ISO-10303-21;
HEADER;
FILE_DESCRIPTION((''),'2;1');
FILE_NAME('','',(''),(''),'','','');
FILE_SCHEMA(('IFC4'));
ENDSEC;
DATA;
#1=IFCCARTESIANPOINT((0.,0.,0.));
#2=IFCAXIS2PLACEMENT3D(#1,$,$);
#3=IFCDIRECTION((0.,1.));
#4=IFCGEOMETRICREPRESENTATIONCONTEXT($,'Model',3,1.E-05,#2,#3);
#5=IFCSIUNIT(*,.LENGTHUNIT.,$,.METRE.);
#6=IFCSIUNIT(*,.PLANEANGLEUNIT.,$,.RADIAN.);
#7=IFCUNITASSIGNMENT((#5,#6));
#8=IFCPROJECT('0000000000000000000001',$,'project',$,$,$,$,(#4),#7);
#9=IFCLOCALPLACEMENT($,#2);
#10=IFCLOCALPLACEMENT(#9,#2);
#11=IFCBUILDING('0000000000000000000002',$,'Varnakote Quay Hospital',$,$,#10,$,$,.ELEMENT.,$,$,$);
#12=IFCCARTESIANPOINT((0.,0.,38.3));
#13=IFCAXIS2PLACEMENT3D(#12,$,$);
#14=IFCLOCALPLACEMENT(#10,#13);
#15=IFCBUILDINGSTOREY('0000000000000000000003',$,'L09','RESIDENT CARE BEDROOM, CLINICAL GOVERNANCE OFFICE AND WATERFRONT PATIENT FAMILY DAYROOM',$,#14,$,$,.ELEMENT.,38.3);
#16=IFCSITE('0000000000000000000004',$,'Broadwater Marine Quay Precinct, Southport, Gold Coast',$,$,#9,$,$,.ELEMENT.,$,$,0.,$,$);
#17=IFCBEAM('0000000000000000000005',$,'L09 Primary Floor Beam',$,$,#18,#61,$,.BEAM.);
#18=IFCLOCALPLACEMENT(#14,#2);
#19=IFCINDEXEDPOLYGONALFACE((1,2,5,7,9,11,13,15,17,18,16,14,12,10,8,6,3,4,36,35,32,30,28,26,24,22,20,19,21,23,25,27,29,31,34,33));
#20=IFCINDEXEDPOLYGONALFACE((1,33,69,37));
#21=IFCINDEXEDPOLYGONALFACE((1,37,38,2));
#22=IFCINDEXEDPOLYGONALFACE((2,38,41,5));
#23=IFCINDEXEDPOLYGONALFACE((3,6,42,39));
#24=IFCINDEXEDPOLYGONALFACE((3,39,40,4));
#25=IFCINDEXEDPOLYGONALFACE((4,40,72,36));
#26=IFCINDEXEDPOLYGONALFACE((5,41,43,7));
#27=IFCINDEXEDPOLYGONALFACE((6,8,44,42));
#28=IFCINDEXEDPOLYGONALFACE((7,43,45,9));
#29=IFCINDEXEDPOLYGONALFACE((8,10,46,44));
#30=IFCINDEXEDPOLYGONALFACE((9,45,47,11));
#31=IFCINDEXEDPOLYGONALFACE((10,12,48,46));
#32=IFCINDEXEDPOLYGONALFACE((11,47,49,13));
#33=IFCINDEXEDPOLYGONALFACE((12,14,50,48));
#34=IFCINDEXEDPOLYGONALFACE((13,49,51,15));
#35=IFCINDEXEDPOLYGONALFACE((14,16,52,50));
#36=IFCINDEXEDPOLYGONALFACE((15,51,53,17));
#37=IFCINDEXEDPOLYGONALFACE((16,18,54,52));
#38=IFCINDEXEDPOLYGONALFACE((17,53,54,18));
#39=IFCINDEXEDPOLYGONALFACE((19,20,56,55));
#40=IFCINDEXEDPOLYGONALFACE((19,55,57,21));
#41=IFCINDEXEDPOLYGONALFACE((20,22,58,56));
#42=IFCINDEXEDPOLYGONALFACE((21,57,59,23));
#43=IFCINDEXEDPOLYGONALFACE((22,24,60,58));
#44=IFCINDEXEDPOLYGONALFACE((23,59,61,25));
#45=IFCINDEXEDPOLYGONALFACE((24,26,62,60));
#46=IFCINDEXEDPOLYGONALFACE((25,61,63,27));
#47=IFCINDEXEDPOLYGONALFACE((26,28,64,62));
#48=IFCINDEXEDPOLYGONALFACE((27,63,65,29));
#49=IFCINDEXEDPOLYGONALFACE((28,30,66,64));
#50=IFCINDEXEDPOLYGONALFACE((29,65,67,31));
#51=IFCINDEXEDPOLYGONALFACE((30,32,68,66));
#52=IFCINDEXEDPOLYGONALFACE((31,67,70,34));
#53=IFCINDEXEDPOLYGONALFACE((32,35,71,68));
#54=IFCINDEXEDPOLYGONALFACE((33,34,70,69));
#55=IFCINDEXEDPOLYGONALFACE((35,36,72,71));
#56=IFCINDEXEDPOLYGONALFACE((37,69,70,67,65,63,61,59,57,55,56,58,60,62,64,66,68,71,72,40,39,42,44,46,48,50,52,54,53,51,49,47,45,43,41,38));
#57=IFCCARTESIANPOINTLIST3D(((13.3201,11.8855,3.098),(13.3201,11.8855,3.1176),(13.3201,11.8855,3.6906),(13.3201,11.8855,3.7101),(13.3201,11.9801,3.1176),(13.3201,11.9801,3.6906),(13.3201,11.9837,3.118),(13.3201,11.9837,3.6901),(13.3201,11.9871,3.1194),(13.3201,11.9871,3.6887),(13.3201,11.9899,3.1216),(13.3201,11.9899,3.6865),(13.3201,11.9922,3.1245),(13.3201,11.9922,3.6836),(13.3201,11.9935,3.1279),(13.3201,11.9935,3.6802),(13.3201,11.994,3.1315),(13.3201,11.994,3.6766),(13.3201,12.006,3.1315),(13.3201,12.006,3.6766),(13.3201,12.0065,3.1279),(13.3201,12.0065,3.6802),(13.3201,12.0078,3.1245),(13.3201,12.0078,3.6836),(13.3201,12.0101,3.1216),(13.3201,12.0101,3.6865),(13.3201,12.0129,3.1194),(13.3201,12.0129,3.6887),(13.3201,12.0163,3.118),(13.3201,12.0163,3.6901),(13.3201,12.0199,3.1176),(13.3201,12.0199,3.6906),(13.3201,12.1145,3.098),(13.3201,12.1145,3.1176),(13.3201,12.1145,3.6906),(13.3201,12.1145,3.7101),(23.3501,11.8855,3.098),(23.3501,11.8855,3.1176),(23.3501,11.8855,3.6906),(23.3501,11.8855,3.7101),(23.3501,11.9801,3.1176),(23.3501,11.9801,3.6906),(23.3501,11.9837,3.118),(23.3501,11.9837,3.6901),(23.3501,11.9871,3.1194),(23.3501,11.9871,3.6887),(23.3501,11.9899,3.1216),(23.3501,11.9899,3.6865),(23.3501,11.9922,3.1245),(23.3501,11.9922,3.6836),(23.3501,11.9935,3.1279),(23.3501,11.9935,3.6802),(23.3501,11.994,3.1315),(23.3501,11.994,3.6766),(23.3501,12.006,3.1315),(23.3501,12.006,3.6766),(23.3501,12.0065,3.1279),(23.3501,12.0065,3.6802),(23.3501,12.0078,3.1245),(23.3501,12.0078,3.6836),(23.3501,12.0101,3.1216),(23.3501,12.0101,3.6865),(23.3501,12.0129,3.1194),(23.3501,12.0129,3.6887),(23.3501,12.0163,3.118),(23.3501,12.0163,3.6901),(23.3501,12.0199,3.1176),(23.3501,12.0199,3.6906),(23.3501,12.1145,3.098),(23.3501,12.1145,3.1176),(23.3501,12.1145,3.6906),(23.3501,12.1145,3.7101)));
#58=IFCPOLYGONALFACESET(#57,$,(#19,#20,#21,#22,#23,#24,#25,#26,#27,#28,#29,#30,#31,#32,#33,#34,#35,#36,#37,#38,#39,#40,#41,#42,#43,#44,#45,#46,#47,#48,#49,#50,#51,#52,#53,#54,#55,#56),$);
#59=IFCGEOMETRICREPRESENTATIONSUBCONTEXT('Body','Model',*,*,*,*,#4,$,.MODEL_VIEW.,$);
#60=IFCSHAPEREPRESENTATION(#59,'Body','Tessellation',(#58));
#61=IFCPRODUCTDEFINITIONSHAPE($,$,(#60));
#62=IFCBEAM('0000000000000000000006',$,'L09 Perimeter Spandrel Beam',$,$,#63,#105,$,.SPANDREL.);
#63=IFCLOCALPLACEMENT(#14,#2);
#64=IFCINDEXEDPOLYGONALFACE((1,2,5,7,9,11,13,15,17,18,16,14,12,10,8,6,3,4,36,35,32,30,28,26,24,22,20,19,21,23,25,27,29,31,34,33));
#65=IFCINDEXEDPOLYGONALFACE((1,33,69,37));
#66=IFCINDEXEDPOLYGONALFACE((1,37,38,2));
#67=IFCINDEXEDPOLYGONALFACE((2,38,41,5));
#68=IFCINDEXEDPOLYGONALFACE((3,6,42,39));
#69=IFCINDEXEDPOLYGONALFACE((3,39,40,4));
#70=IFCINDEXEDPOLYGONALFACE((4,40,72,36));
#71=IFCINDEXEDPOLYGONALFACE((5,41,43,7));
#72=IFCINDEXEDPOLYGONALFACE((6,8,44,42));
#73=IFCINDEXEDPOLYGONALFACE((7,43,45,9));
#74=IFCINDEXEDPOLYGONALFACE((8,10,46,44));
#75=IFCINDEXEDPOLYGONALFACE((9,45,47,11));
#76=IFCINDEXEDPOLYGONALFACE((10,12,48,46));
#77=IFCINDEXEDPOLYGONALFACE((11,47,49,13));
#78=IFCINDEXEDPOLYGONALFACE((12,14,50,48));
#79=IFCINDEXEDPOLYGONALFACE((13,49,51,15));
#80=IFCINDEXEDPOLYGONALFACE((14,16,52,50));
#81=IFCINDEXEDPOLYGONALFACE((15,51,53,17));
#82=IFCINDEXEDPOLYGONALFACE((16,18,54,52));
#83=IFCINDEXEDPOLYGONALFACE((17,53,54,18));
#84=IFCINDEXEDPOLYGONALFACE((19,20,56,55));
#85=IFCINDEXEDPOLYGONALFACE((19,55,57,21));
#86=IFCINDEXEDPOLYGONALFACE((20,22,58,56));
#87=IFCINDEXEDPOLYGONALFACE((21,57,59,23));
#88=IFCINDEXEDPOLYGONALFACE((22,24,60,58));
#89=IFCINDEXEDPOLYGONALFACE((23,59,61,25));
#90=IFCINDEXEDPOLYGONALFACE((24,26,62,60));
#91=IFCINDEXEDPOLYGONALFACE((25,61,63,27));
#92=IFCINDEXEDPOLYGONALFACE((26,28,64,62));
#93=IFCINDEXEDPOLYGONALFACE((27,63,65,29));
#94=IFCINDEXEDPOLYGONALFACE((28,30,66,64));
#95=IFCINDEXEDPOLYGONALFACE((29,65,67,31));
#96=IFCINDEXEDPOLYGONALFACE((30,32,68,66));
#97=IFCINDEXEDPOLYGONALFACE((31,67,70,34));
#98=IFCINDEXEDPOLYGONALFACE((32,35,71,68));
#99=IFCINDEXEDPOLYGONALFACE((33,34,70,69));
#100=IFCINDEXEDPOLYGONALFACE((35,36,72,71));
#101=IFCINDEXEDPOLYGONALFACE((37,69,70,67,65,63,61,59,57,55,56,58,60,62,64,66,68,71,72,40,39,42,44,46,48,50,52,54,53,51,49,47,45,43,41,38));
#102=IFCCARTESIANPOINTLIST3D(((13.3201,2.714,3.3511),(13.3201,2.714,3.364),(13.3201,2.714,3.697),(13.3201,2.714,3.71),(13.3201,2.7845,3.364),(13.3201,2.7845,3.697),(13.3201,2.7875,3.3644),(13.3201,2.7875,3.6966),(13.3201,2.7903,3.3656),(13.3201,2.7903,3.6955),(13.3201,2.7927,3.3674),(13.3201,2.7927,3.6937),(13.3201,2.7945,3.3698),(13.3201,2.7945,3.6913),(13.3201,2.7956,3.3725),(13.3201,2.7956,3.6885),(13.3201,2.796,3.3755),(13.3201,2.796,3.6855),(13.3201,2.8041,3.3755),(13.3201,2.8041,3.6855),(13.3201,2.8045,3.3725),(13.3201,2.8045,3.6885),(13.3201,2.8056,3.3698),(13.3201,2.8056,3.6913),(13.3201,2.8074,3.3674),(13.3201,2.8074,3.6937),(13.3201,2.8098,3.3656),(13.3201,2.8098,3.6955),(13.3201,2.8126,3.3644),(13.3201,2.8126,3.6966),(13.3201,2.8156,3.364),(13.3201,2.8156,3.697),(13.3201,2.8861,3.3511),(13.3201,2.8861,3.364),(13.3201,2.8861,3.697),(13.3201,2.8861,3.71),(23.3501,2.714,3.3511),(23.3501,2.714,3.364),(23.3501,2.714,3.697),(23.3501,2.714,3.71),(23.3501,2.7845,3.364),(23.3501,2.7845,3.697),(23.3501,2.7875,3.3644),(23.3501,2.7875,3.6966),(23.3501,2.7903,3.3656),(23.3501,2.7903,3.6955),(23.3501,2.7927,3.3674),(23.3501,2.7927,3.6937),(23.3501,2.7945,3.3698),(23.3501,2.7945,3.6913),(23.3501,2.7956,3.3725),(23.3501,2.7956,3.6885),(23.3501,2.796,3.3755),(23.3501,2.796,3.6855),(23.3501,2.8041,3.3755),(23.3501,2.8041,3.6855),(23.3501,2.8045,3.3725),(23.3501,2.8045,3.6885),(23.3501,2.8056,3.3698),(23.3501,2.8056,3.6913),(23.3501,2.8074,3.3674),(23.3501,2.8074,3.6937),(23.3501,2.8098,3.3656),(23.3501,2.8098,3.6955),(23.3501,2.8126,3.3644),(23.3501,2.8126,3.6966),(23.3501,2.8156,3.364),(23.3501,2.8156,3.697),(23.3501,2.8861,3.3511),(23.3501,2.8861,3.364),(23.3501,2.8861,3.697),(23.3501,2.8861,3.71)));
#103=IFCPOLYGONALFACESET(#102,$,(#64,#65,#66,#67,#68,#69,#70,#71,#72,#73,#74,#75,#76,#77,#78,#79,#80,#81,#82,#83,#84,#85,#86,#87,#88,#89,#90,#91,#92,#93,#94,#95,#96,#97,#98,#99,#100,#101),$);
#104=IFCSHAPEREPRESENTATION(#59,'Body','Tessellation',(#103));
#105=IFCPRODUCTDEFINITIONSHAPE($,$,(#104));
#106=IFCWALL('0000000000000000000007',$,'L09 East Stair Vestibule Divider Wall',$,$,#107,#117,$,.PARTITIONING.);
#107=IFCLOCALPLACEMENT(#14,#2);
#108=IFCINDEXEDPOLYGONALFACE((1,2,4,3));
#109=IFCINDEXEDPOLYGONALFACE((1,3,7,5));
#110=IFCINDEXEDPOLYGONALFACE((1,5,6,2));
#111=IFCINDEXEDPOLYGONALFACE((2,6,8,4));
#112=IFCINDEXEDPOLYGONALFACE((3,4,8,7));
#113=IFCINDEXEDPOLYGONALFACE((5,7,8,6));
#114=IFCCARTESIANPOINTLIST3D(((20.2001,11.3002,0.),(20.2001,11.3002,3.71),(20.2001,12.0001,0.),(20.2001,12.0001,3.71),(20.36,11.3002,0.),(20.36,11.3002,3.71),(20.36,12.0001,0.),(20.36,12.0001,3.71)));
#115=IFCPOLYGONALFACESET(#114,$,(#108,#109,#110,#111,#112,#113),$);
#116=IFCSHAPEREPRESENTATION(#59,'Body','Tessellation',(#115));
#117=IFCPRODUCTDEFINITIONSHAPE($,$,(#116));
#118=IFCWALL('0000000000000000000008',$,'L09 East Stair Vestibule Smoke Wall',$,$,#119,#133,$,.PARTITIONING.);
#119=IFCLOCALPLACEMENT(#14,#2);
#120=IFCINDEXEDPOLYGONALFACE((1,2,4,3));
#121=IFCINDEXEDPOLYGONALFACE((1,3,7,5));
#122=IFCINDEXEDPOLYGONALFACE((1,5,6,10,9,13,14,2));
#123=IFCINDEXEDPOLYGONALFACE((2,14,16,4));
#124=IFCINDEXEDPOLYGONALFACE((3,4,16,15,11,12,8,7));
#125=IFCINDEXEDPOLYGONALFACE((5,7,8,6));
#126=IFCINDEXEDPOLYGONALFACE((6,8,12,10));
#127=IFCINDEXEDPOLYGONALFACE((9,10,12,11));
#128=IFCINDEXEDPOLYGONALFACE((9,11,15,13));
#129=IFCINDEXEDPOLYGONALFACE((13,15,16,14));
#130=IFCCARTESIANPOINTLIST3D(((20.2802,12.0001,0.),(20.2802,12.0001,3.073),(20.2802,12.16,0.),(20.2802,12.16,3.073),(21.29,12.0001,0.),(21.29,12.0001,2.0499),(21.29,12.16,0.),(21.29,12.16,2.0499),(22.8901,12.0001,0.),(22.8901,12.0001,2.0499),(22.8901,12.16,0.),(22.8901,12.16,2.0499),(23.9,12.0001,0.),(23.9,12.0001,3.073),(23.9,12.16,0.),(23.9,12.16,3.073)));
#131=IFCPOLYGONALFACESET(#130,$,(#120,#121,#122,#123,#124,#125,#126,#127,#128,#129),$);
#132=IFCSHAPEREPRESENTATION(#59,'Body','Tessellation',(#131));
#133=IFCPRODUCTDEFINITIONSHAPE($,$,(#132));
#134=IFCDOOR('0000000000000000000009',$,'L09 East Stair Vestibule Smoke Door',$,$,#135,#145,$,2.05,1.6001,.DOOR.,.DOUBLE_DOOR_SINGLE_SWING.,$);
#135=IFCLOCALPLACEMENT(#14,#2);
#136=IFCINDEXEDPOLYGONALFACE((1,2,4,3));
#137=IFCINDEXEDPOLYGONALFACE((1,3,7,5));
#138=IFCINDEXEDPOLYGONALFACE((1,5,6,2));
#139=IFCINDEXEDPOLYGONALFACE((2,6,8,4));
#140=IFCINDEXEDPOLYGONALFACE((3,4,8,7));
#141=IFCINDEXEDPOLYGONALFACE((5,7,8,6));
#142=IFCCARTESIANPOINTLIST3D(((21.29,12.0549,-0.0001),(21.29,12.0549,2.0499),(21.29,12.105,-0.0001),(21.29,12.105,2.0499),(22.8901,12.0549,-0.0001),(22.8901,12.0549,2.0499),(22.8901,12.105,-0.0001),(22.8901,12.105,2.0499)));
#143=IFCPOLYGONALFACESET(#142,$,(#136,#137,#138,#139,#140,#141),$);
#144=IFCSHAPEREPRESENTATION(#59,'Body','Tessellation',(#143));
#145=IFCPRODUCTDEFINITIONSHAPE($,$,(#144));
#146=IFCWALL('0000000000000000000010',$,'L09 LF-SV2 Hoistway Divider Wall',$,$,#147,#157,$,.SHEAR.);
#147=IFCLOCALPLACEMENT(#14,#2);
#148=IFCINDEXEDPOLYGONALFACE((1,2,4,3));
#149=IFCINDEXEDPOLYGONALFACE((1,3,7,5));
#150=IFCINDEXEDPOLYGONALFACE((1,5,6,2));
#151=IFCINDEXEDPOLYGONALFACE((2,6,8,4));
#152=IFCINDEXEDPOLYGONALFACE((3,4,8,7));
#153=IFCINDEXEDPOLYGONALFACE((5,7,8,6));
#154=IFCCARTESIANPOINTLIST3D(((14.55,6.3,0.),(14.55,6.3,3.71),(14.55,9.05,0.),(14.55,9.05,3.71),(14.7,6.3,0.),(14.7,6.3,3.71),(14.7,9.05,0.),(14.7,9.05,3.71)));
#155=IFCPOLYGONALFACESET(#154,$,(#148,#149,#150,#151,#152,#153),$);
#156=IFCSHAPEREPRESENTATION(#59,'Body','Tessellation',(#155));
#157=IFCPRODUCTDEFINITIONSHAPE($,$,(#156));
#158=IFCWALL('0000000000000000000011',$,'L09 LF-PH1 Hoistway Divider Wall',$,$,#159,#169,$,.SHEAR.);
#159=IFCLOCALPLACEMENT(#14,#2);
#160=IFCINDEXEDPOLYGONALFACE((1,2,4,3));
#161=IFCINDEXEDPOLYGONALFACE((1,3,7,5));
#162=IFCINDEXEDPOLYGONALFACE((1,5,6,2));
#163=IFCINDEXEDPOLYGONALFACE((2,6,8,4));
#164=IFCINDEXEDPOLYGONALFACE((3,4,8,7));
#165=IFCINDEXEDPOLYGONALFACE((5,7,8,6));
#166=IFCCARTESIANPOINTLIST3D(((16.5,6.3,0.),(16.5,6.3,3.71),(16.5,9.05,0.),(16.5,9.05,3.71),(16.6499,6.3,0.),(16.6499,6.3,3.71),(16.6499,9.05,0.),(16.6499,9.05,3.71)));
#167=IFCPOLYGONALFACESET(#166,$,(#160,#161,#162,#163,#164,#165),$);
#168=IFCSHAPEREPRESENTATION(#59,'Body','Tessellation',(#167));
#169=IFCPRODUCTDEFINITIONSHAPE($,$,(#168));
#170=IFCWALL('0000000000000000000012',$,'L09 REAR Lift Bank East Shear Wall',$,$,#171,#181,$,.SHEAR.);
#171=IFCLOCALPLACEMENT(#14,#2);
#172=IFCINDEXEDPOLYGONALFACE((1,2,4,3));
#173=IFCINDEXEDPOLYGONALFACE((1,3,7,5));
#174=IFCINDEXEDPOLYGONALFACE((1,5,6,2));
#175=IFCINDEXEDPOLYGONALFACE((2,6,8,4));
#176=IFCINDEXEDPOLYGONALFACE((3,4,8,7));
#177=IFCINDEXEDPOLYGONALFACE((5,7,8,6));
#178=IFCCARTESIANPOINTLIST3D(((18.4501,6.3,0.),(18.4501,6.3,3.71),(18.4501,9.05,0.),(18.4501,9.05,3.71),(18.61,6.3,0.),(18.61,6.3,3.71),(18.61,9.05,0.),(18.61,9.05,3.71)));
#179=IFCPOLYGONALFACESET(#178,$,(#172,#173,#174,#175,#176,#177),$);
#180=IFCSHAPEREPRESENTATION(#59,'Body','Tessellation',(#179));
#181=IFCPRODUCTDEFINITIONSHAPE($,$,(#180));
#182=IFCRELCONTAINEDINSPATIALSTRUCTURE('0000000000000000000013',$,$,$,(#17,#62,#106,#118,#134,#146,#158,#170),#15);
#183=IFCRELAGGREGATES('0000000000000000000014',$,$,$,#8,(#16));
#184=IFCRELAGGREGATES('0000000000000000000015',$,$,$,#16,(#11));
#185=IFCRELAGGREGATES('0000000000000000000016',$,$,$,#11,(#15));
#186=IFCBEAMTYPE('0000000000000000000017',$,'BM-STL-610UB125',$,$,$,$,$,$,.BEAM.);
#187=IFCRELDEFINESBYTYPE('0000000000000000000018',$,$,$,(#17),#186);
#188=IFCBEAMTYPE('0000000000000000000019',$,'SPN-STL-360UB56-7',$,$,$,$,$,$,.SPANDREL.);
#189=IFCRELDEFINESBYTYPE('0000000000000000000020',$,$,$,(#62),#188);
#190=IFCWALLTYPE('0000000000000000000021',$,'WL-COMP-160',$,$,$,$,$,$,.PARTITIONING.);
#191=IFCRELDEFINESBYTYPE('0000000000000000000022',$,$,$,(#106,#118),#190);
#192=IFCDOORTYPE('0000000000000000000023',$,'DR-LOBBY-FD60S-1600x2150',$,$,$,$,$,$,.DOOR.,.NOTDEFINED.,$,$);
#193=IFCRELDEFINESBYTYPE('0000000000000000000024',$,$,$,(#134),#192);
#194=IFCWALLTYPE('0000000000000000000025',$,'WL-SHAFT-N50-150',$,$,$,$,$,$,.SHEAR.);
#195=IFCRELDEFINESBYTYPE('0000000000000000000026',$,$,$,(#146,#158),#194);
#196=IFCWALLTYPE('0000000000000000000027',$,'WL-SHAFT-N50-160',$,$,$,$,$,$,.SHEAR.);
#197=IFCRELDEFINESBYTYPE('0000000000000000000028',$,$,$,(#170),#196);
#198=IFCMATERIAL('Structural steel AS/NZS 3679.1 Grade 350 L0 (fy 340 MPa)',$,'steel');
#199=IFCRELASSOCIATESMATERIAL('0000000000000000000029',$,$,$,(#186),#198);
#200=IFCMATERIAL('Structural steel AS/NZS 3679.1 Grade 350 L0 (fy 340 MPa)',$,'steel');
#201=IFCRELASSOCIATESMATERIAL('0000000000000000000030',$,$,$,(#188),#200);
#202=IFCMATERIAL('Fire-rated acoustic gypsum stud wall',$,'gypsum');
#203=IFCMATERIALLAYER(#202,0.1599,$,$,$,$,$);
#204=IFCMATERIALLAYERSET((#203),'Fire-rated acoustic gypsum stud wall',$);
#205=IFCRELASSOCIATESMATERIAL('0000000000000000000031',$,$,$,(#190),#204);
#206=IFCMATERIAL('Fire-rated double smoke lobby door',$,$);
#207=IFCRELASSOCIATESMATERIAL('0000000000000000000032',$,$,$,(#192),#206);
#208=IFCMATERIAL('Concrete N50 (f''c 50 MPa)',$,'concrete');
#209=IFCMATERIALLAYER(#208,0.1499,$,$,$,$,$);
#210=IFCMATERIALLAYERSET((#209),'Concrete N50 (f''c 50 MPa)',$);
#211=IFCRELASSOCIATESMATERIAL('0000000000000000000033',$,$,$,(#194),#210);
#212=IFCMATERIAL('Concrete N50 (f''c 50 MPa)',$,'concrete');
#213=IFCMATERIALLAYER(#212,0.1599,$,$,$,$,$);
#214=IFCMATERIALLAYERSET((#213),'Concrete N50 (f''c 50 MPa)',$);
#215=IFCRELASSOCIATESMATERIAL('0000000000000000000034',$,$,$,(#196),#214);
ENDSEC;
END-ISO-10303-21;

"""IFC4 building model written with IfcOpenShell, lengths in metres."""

from ifc_helpers import new_model, si_unit, direction, frame, frame_2d, origin, origin_2d, place, context, subcontext, project, spatial, rectangle, i_section, extrude, material, layer, layer_set, material_profile, profile_set, type_object, element, fill, save


model = new_model("IFC4")

# Units and contexts
model_context = context("Model", 3, precision=1e-05, world=origin(), true_north=direction((0.0, 1.0)))
body_context = subcontext(model_context, "Body", "Model", "MODEL_VIEW")
ifc_project = project(units=[si_unit("LENGTHUNIT", "METRE"), si_unit("PLANEANGLEUNIT", "RADIAN")], contexts=[model_context])

# Site, building, storey
site_placement = place(None, origin())
site = spatial("IfcSite", under=ifc_project, at=site_placement, Name="Broadwater Marine Quay Precinct, Southport, Gold Coast", CompositionType="ELEMENT", RefElevation=0.0)
building_placement = place(site_placement, origin())
building = spatial("IfcBuilding", under=site, at=building_placement, Name="Varnakote Quay Hospital", CompositionType="ELEMENT")
storey_placement = place(building_placement, frame((0.0, 0.0, 38.3)))
storey = spatial("IfcBuildingStorey", under=building, at=storey_placement, Name="L09", Description="RESIDENT CARE BEDROOM, CLINICAL GOVERNANCE OFFICE AND WATERFRONT PATIENT FAMILY DAYROOM", CompositionType="ELEMENT", Elevation=38.3)

# Beams
ifc_material_1 = material(Name="Structural steel AS/NZS 3679.1 Grade 350 L0 (fy 340 MPa)", Category="steel")
ifc_material_profile_1 = material_profile(ifc_material_1, i_section(OverallWidth=0.229, OverallDepth=0.6121, WebThickness=0.012, FlangeThickness=0.0195, FilletRadius=0.0139, at=origin_2d()), Name="610UB125")
ifc_profile_set_1 = profile_set([ifc_material_profile_1], Name="Structural steel AS/NZS 3679.1 Grade 350 L0 (fy 340 MPa)")
beam_type_1 = type_object("IfcBeamType", Name="BM-STL-610UB125", PredefinedType="BEAM", material=ifc_profile_set_1)
beam_1_placement = place(storey_placement, frame((13.3201, 12.0, 3.4041), z_axis=(1.0, 0.0, 0.0), x_axis=(0.0, 1.0, 0.0)))
element("IfcBeam", 1, at=beam_1_placement, inside=storey, type_object=beam_type_1, Name="L09 Primary Floor Beam", PredefinedType="BEAM", context=body_context, shape_type="SweptSolid", body=[
    extrude(i_section(OverallWidth=0.229, OverallDepth=0.6121, WebThickness=0.012, FlangeThickness=0.0195, FilletRadius=0.0139, at=origin_2d()), origin(), (0.0, 0.0, 1.0), 10.03),
])
ifc_material_2 = material(Name="Structural steel AS/NZS 3679.1 Grade 350 L0 (fy 340 MPa)", Category="steel")
ifc_material_profile_2 = material_profile(ifc_material_2, i_section(OverallWidth=0.1721, OverallDepth=0.3589, WebThickness=0.0081, FlangeThickness=0.0129, FilletRadius=0.0115, at=origin_2d()), Name="360UB56.7")
ifc_profile_set_2 = profile_set([ifc_material_profile_2], Name="Structural steel AS/NZS 3679.1 Grade 350 L0 (fy 340 MPa)")
beam_type_2 = type_object("IfcBeamType", Name="SPN-STL-360UB56-7", PredefinedType="SPANDREL", material=ifc_profile_set_2)
beam_2_placement = place(storey_placement, frame((13.3201, 2.8, 3.5305), z_axis=(1.0, 0.0, 0.0), x_axis=(0.0, 1.0, 0.0)))
element("IfcBeam", 2, at=beam_2_placement, inside=storey, type_object=beam_type_2, Name="L09 Perimeter Spandrel Beam", PredefinedType="SPANDREL", context=body_context, shape_type="SweptSolid", body=[
    extrude(i_section(OverallWidth=0.1721, OverallDepth=0.3589, WebThickness=0.0081, FlangeThickness=0.0129, FilletRadius=0.0115, at=origin_2d()), origin(), (0.0, 0.0, 1.0), 10.03),
])

# Wall
ifc_material_3 = material(Name="Fire-rated acoustic gypsum stud wall", Category="gypsum")
ifc_layer_1 = layer(ifc_material_3, 0.1599)
ifc_layer_set_1 = layer_set([ifc_layer_1], Name="Fire-rated acoustic gypsum stud wall")
wall_type_1 = type_object("IfcWallType", Name="WL-COMP-160", PredefinedType="PARTITIONING", material=ifc_layer_set_1)
wall_1_placement = place(storey_placement, frame((20.28, 11.3, 0.0), z_axis=(0.0, 0.0, 1.0), x_axis=(0.0, 1.0, 0.0)))
element("IfcWall", 3, at=wall_1_placement, inside=storey, type_object=wall_type_1, Name="L09 East Stair Vestibule Divider Wall", PredefinedType="PARTITIONING", context=body_context, shape_type="SweptSolid", body=[
    extrude(rectangle(XDim=0.7, YDim=0.1599, at=frame_2d((0.3501, 0.0))), origin(), (0.0, 0.0, 1.0), 3.71),
])

# Wall, opening, door
wall_2_placement = place(storey_placement, frame((20.28, 12.0801, 0.0), z_axis=(0.0, 0.0, 1.0), x_axis=(1.0, 0.0, 0.0)))
wall_2 = element("IfcWall", 4, at=wall_2_placement, inside=storey, type_object=wall_type_1, Name="L09 East Stair Vestibule Smoke Wall", PredefinedType="PARTITIONING", context=body_context, shape_type="SweptSolid", body=[
    extrude(rectangle(XDim=3.6199, YDim=0.1599, at=frame_2d((1.8101, 0.0))), origin(), (0.0, 0.0, 1.0), 3.073),
])
opening_1_placement = place(wall_2_placement, frame((1.01, 0.0, 0.0)))
opening_1 = element("IfcOpeningElement", 5, at=opening_1_placement, cuts=wall_2, PredefinedType="OPENING", context=body_context, shape_type="SweptSolid", body=[
    extrude(rectangle(XDim=1.6001, YDim=2.05, at=frame_2d((0.8, 1.0249))), frame((0.0, 0.0898, 0.0), z_axis=(0.0, -1.0, 0.0), x_axis=(1.0, 0.0, 0.0)), (0.0, 0.0, 1.0), 0.1799),
])
ifc_material_4 = material(Name="Fire-rated double smoke lobby door")
door_type_1 = type_object("IfcDoorType", Name="DR-LOBBY-FD60S-1600x2150", OperationType="NOTDEFINED", PredefinedType="DOOR", material=ifc_material_4)
door_1_placement = place(opening_1_placement, origin())
door_1 = element("IfcDoor", 6, at=door_1_placement, inside=storey, type_object=door_type_1, Name="L09 East Stair Vestibule Smoke Door", OperationType="DOUBLE_DOOR_SINGLE_SWING", OverallHeight=2.05, OverallWidth=1.6001, PredefinedType="DOOR", context=body_context, shape_type="SweptSolid", body=[
    extrude(rectangle(XDim=1.6001, YDim=2.05, at=frame_2d((0.8, 1.0249))), frame((0.0, 0.0249, 0.0), z_axis=(0.0, -1.0, 0.0), x_axis=(1.0, 0.0, 0.0)), (0.0, 0.0, 1.0), 0.05),
])
fill(opening_1, door_1)

# Walls
ifc_material_5 = material(Name="Concrete N50 (f'c 50 MPa)", Category="concrete")
ifc_layer_2 = layer(ifc_material_5, 0.1499)
ifc_layer_set_2 = layer_set([ifc_layer_2], Name="Concrete N50 (f'c 50 MPa)")
wall_type_2 = type_object("IfcWallType", Name="WL-SHAFT-N50-150", PredefinedType="SHEAR", material=ifc_layer_set_2)
for number, where, z_axis, x_axis, name in (
    (7, (14.625, 6.3, 0.0), (0.0, 0.0, 1.0), (0.0, 1.0, 0.0), "L09 LF-SV2 Hoistway Divider Wall"),
    (8, (16.575, 6.3, 0.0), (0.0, 0.0, 1.0), (0.0, 1.0, 0.0), "L09 LF-PH1 Hoistway Divider Wall"),
):
    element("IfcWall", number, at=place(storey_placement, frame(where, z_axis=z_axis, x_axis=x_axis)), inside=storey, type_object=wall_type_2, Name=name, PredefinedType="SHEAR", context=body_context, shape_type="SweptSolid", body=[
        extrude(rectangle(XDim=2.75, YDim=0.1499, at=frame_2d((1.375, 0.0))), origin(), (0.0, 0.0, 1.0), 3.71),
    ])
ifc_material_6 = material(Name="Concrete N50 (f'c 50 MPa)", Category="concrete")
ifc_layer_3 = layer(ifc_material_6, 0.1599)
ifc_layer_set_3 = layer_set([ifc_layer_3], Name="Concrete N50 (f'c 50 MPa)")
wall_type_3 = type_object("IfcWallType", Name="WL-SHAFT-N50-160", PredefinedType="SHEAR", material=ifc_layer_set_3)
wall_3_placement = place(storey_placement, frame((18.53, 6.3, 0.0), z_axis=(0.0, 0.0, 1.0), x_axis=(0.0, 1.0, 0.0)))
element("IfcWall", 9, at=wall_3_placement, inside=storey, type_object=wall_type_3, Name="L09 REAR Lift Bank East Shear Wall", PredefinedType="SHEAR", context=body_context, shape_type="SweptSolid", body=[
    extrude(rectangle(XDim=2.75, YDim=0.1599, at=frame_2d((1.375, 0.0))), origin(), (0.0, 0.0, 1.0), 3.71),
])

save(model, "model.ifc")
